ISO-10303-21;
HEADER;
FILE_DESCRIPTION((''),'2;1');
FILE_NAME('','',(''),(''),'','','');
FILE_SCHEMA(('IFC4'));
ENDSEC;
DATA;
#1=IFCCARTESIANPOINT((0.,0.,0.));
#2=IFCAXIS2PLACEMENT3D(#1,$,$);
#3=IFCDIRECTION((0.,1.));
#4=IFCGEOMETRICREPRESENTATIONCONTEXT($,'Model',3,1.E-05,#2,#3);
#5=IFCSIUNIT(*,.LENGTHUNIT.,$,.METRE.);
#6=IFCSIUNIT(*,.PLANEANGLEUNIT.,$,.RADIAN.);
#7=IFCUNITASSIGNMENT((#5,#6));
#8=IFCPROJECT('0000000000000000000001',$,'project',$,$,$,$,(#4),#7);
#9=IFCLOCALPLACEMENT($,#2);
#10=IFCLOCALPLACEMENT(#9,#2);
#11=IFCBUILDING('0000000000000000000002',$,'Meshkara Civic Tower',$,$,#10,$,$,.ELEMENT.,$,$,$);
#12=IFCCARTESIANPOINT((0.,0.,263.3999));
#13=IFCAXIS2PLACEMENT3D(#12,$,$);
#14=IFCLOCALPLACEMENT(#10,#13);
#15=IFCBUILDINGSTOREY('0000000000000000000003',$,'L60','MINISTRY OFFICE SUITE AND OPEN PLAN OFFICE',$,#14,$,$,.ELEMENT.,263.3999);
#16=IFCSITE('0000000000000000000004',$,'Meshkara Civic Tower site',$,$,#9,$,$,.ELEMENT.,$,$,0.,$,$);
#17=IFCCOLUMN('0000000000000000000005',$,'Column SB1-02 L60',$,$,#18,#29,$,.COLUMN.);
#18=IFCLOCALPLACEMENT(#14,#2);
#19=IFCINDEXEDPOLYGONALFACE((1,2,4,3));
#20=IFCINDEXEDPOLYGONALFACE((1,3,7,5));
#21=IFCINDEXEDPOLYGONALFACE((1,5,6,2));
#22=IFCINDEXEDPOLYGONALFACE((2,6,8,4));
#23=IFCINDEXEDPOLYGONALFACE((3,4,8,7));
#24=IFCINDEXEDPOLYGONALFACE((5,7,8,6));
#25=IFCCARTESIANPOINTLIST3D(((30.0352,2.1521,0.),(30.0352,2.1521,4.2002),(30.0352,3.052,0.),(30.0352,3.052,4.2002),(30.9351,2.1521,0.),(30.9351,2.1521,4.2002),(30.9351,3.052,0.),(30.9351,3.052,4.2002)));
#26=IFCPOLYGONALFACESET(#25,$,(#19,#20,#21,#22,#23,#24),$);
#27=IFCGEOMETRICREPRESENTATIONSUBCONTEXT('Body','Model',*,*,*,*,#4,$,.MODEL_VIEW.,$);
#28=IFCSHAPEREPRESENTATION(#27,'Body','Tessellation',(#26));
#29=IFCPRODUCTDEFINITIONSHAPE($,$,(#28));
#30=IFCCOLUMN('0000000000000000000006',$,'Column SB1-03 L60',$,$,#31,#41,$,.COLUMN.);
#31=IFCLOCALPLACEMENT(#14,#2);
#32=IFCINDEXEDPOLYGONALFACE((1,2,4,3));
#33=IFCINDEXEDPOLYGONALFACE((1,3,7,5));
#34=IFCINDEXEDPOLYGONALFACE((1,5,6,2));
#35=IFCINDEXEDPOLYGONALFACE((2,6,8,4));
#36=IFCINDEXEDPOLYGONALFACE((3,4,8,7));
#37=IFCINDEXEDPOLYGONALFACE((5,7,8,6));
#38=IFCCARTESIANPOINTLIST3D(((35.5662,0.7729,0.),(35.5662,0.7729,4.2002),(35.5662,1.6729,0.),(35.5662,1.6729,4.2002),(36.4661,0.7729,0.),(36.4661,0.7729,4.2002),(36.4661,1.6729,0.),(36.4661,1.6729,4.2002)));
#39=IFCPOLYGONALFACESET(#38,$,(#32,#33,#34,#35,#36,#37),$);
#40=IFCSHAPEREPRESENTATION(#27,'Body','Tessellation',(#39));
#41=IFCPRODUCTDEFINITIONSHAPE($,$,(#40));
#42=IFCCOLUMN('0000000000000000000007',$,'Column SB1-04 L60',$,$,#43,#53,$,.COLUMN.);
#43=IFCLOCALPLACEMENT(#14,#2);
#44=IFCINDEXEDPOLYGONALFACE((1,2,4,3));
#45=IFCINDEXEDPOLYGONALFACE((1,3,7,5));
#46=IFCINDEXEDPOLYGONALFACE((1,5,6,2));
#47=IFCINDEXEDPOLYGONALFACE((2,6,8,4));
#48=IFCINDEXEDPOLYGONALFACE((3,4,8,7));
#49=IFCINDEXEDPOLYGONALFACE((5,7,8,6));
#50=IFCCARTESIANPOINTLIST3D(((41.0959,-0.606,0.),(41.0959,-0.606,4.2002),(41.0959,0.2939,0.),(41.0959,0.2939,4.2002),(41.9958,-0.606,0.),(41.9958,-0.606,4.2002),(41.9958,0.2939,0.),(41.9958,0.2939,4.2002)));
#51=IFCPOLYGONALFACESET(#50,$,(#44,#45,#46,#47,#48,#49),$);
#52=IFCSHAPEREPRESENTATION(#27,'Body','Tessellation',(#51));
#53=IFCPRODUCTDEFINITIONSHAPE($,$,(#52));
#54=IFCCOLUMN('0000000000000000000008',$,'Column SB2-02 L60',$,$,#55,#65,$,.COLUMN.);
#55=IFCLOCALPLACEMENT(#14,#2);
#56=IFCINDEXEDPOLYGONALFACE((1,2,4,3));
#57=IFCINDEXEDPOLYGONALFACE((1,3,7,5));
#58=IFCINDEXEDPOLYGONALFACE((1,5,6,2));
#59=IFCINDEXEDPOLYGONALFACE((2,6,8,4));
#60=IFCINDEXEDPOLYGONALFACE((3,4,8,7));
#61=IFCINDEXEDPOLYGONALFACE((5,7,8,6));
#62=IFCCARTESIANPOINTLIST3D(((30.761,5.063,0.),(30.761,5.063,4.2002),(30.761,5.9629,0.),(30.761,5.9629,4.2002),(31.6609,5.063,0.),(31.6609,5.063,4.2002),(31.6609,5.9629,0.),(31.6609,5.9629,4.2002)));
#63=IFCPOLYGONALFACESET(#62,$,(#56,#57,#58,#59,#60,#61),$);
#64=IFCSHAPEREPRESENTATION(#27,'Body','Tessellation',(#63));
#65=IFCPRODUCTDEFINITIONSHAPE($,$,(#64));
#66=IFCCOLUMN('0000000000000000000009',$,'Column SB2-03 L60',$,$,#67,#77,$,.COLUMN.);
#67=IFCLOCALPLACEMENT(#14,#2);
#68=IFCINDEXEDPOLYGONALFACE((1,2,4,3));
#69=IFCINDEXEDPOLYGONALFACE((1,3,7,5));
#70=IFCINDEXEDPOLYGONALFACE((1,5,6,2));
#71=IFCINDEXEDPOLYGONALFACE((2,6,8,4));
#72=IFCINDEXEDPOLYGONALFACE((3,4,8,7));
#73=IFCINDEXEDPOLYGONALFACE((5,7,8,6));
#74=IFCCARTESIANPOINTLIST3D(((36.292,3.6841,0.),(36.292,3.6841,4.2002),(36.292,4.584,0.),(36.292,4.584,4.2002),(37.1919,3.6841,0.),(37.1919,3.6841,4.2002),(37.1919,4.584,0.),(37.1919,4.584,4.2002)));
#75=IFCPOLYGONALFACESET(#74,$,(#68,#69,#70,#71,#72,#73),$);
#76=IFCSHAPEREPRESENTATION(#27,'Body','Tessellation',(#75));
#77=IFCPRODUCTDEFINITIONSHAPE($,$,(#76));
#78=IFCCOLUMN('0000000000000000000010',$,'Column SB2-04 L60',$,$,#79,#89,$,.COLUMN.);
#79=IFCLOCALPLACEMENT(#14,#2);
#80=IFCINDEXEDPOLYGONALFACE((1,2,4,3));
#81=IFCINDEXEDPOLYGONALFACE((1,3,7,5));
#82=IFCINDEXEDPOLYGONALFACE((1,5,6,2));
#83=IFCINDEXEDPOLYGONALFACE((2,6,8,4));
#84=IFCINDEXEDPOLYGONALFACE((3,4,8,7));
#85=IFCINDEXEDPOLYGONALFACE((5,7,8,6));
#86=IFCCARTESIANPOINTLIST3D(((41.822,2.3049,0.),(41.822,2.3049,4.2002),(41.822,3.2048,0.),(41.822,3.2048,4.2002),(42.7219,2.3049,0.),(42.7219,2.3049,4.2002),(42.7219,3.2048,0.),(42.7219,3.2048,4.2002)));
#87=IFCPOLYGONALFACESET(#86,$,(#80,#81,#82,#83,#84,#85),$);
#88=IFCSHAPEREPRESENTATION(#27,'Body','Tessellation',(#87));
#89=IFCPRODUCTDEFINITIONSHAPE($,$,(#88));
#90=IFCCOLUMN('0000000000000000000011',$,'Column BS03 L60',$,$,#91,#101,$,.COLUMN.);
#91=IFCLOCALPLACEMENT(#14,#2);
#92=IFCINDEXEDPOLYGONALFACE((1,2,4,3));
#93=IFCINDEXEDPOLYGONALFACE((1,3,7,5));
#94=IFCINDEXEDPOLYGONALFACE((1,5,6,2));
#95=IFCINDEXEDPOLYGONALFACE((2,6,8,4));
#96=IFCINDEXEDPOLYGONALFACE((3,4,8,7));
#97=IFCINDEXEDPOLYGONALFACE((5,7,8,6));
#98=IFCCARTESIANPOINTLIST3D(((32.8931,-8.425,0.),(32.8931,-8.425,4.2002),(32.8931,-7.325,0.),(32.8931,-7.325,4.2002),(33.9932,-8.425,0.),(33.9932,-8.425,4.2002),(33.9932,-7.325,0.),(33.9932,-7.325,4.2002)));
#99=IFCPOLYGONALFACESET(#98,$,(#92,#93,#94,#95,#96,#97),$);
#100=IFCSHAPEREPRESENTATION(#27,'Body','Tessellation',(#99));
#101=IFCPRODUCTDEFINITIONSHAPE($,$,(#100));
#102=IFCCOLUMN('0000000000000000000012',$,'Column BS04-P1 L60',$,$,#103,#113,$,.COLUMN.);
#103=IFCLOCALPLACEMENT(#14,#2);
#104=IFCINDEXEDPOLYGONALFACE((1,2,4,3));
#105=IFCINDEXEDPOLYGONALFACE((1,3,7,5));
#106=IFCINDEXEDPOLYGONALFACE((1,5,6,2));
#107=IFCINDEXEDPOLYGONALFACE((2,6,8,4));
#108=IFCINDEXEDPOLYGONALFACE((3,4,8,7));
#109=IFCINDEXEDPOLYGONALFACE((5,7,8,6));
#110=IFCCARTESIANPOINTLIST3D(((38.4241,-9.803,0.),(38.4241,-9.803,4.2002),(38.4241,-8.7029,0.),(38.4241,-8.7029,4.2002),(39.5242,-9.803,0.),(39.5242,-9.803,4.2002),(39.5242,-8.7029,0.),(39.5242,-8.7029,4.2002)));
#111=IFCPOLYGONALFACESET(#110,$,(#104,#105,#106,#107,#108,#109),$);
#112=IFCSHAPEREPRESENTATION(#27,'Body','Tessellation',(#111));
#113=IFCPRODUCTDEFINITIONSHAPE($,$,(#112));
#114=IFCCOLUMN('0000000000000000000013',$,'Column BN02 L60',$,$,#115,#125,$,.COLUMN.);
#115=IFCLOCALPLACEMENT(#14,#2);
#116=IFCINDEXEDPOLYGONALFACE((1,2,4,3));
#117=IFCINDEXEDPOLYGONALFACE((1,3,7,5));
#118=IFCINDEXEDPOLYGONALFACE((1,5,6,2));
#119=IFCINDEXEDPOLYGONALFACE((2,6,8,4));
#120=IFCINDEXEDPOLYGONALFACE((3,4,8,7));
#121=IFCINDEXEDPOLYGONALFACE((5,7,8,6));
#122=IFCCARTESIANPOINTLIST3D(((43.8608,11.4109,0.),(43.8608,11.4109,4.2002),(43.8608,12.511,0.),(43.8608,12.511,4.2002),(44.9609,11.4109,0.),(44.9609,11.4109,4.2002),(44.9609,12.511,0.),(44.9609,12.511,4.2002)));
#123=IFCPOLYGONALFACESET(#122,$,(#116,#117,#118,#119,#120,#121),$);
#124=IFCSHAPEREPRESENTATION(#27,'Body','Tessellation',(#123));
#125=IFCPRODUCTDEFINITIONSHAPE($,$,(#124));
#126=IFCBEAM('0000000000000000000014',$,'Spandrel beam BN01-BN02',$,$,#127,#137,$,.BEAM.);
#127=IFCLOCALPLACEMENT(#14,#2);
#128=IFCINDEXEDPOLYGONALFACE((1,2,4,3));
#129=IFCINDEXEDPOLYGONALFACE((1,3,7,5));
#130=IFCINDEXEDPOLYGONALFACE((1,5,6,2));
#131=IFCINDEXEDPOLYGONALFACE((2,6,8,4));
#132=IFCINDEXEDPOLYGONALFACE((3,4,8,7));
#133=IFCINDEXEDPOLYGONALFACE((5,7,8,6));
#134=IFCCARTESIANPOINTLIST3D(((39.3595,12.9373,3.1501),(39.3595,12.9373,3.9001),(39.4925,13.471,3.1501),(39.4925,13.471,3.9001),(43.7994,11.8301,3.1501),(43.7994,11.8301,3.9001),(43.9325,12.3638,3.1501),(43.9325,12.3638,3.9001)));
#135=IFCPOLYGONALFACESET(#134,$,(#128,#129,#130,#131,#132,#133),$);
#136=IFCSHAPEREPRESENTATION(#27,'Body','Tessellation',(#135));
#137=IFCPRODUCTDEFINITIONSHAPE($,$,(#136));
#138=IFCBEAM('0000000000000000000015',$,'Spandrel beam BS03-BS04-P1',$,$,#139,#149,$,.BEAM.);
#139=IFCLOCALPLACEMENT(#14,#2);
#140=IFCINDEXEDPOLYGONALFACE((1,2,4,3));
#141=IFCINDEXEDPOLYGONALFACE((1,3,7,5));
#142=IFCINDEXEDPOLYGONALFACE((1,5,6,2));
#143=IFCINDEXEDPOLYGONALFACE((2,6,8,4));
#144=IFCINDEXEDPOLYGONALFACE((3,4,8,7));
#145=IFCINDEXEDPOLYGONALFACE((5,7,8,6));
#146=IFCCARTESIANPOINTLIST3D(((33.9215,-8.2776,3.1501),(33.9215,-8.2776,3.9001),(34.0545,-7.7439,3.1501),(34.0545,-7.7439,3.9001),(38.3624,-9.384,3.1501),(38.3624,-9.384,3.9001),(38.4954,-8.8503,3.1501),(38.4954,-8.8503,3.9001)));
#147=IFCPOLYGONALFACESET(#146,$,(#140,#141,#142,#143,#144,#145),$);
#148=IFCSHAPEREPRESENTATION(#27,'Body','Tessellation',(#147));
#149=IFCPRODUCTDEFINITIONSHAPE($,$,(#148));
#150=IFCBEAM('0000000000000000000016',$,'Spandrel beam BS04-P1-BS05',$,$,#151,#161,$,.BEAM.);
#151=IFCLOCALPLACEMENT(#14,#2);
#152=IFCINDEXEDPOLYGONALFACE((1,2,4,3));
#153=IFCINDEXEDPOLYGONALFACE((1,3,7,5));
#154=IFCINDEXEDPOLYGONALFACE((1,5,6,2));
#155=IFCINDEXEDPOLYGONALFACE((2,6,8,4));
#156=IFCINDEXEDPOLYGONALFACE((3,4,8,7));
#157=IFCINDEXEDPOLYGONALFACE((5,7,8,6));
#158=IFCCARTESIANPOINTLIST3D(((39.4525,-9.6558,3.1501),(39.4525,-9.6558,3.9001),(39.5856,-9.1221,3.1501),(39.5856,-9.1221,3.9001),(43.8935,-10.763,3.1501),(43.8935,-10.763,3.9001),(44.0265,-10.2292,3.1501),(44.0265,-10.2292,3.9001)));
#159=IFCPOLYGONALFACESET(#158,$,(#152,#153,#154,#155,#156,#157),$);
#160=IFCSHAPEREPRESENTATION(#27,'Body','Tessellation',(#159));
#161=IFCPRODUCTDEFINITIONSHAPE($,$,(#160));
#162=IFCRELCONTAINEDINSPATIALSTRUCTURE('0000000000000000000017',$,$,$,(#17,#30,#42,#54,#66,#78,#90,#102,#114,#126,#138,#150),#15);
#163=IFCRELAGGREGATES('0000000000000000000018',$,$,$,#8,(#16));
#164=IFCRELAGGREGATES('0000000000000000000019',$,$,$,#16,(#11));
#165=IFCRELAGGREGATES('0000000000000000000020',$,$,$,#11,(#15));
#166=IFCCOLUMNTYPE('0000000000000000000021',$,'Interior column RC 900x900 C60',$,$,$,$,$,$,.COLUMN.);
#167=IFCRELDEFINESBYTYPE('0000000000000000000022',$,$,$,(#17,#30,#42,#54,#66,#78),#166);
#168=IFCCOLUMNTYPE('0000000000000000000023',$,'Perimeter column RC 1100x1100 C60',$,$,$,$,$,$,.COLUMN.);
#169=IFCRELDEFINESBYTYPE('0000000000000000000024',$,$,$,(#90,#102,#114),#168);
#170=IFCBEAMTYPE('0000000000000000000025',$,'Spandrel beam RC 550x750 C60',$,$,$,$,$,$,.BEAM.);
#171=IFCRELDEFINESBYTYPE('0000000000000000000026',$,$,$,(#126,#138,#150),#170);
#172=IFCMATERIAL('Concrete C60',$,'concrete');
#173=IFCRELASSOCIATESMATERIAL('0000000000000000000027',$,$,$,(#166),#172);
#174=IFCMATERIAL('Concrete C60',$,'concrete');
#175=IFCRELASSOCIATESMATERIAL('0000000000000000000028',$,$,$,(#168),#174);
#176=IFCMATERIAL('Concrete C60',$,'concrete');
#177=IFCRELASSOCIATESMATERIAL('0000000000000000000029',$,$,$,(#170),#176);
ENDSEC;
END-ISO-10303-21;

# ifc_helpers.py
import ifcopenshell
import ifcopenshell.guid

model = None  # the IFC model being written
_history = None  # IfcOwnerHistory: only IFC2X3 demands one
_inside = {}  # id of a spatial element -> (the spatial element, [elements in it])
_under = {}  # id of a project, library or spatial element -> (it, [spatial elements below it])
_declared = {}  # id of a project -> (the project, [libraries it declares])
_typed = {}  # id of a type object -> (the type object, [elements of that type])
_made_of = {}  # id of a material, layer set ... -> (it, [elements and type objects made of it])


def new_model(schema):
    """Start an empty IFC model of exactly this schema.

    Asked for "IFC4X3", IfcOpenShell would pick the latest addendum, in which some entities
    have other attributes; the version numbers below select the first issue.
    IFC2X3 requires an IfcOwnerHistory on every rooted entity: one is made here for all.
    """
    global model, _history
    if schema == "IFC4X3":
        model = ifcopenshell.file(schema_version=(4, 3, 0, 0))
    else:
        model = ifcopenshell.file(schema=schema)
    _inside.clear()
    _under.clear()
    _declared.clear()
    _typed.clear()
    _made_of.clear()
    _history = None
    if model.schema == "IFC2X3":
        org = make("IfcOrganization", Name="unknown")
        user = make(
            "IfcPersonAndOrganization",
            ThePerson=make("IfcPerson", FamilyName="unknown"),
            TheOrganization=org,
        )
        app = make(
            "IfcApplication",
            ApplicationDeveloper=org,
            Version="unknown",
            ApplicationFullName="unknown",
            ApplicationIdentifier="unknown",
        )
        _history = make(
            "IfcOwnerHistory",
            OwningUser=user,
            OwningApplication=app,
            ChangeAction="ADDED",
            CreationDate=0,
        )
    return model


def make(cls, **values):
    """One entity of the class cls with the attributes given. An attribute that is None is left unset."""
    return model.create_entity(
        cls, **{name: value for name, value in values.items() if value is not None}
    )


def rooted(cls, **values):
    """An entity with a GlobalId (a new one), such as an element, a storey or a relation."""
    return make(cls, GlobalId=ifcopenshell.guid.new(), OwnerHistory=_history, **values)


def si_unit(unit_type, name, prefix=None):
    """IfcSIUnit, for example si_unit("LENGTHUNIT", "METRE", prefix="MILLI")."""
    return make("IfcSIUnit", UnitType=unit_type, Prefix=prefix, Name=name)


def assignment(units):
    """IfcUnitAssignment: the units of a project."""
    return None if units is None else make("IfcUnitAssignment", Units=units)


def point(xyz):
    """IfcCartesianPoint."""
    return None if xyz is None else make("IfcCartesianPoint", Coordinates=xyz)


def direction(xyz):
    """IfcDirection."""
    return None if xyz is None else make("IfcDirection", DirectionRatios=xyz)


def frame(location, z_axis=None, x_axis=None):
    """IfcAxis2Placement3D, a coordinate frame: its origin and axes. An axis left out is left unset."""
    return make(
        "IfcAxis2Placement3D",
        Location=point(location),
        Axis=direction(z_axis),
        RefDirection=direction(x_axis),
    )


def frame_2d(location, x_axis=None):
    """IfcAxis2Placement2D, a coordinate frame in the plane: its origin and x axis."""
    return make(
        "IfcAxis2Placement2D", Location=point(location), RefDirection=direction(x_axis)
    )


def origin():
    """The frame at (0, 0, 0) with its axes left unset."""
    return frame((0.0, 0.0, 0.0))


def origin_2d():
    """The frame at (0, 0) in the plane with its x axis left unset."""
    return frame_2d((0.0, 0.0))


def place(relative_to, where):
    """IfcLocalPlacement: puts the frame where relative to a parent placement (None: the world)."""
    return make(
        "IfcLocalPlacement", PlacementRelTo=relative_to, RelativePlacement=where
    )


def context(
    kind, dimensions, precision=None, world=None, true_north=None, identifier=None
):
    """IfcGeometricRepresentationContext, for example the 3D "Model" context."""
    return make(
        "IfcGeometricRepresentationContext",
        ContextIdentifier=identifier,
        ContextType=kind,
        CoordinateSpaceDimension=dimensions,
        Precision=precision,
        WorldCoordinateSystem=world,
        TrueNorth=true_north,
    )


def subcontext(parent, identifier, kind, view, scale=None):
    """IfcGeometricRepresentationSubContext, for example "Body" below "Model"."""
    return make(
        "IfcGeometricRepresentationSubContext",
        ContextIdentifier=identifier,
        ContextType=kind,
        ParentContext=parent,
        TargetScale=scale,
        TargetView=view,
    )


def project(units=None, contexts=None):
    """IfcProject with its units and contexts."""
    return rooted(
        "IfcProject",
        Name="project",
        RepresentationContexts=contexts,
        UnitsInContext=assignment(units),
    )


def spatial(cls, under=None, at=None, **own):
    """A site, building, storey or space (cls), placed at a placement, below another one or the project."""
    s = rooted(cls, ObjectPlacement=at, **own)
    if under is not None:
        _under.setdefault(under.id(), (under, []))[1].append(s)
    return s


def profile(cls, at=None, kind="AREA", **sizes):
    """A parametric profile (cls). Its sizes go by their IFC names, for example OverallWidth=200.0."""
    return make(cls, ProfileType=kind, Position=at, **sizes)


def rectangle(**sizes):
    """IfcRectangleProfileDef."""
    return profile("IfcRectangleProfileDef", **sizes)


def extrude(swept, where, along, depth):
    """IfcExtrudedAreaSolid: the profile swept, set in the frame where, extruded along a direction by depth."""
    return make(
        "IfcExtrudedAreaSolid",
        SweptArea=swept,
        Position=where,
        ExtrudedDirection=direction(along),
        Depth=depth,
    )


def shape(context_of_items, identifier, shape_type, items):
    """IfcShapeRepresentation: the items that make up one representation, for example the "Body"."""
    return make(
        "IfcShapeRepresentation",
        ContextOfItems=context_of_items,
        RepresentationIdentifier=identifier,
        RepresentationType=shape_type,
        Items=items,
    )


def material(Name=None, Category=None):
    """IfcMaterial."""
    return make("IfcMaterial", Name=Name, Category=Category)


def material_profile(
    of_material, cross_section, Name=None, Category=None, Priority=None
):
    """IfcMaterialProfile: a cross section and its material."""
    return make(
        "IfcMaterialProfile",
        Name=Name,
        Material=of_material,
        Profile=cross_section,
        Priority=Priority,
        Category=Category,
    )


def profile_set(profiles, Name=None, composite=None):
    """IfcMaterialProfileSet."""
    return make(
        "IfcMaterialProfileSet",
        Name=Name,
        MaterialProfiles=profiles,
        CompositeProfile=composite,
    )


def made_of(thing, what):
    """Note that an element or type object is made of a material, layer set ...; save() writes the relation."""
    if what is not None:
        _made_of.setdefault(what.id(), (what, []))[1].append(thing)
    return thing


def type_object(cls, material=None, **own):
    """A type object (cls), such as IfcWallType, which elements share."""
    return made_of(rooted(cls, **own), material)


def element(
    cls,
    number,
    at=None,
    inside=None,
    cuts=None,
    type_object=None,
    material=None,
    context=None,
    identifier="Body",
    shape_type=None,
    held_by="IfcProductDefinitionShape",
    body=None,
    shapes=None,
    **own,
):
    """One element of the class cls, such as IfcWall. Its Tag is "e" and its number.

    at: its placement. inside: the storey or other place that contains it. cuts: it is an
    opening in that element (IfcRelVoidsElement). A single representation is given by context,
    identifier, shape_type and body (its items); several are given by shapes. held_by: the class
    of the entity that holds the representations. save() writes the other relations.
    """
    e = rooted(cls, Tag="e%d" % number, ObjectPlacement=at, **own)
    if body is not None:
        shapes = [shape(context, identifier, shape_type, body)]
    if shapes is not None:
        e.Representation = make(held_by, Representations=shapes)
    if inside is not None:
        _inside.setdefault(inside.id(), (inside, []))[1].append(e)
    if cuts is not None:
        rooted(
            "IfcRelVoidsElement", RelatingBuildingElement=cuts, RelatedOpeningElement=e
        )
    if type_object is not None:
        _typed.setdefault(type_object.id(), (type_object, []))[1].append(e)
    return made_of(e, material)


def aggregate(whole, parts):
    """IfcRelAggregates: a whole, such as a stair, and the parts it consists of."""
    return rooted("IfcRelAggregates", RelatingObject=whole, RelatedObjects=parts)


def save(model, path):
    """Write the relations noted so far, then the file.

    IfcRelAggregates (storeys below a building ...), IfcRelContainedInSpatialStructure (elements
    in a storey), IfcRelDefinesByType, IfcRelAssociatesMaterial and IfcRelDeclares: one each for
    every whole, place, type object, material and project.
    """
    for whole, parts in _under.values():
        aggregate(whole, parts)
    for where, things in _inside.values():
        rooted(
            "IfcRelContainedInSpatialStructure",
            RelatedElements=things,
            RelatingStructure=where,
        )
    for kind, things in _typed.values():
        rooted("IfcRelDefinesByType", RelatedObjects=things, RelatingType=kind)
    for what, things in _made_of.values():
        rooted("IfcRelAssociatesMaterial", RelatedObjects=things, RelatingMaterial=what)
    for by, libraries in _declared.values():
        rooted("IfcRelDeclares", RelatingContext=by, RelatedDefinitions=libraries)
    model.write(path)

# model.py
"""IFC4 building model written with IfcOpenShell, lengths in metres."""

from ifc_helpers import new_model, si_unit, direction, frame, origin, origin_2d, place, context, subcontext, project, spatial, rectangle, extrude, material, material_profile, profile_set, type_object, element, save


model = new_model("IFC4")

# Units and contexts
model_context = context("Model", 3, precision=1e-05, world=origin(), true_north=direction((0.0, 1.0)))
body_context = subcontext(model_context, "Body", "Model", "MODEL_VIEW")
ifc_project = project(units=[si_unit("LENGTHUNIT", "METRE"), si_unit("PLANEANGLEUNIT", "RADIAN")], contexts=[model_context])

# Site, building, storey
site_placement = place(None, origin())
site = spatial("IfcSite", under=ifc_project, at=site_placement, Name="Meshkara Civic Tower site", CompositionType="ELEMENT", RefElevation=0.0)
building_placement = place(site_placement, origin())
building = spatial("IfcBuilding", under=site, at=building_placement, Name="Meshkara Civic Tower", CompositionType="ELEMENT")
storey_placement = place(building_placement, frame((0.0, 0.0, 263.3999)))
storey = spatial("IfcBuildingStorey", under=building, at=storey_placement, Name="L60", Description="MINISTRY OFFICE SUITE AND OPEN PLAN OFFICE", CompositionType="ELEMENT", Elevation=263.3999)

# Columns
ifc_material_1 = material(Name="Concrete C60", Category="concrete")
ifc_material_profile_1 = material_profile(ifc_material_1, rectangle(XDim=0.8999, YDim=0.8999, at=origin_2d()))
ifc_profile_set_1 = profile_set([ifc_material_profile_1], Name="Concrete C60")
column_type_1 = type_object("IfcColumnType", Name="Interior column RC 900x900 C60", PredefinedType="COLUMN", material=ifc_profile_set_1)
for number, where, z_axis, x_axis, name in (
    (1, (30.4851, 2.6021, 0.0), (0.0, 0.0, 1.0), (1.0, 0.0, 0.0), "Column SB1-02 L60"),
    (2, (36.0161, 1.2229, 0.0), (0.0, 0.0, 1.0), (1.0, 0.0, 0.0), "Column SB1-03 L60"),
    (3, (41.5459, -0.156, 0.0), (0.0, 0.0, 1.0), (1.0, 0.0, 0.0), "Column SB1-04 L60"),
    (4, (31.2109, 5.5129, 0.0), (0.0, 0.0, 1.0), (1.0, 0.0, 0.0), "Column SB2-02 L60"),
    (5, (36.7419, 4.134, 0.0), (0.0, 0.0, 1.0), (1.0, 0.0, 0.0), "Column SB2-03 L60"),
    (6, (42.272, 2.7549, 0.0), (0.0, 0.0, 1.0), (1.0, 0.0, 0.0), "Column SB2-04 L60"),
):
    element("IfcColumn", number, at=place(storey_placement, frame(where, z_axis=z_axis, x_axis=x_axis)), inside=storey, type_object=column_type_1, Name=name, PredefinedType="COLUMN", context=body_context, shape_type="SweptSolid", body=[
        extrude(rectangle(XDim=0.8999, YDim=0.8999, at=origin_2d()), origin(), (0.0, 0.0, 1.0), 4.2002),
    ])
ifc_material_2 = material(Name="Concrete C60", Category="concrete")
ifc_material_profile_2 = material_profile(ifc_material_2, rectangle(XDim=1.1001, YDim=1.1001, at=origin_2d()))
ifc_profile_set_2 = profile_set([ifc_material_profile_2], Name="Concrete C60")
column_type_2 = type_object("IfcColumnType", Name="Perimeter column RC 1100x1100 C60", PredefinedType="COLUMN", material=ifc_profile_set_2)
for number, where, z_axis, x_axis, name in (
    (7, (33.4431, -7.875, 0.0), (0.0, 0.0, 1.0), (1.0, 0.0, 0.0), "Column BS03 L60"),
    (8, (38.9741, -9.2529, 0.0), (0.0, 0.0, 1.0), (1.0, 0.0, 0.0), "Column BS04-P1 L60"),
    (9, (44.4109, 11.9609, 0.0), (0.0, 0.0, 1.0), (1.0, 0.0, 0.0), "Column BN02 L60"),
):
    element("IfcColumn", number, at=place(storey_placement, frame(where, z_axis=z_axis, x_axis=x_axis)), inside=storey, type_object=column_type_2, Name=name, PredefinedType="COLUMN", context=body_context, shape_type="SweptSolid", body=[
        extrude(rectangle(XDim=1.1001, YDim=1.1001, at=origin_2d()), origin(), (0.0, 0.0, 1.0), 4.2002),
    ])

# Beams
ifc_material_3 = material(Name="Concrete C60", Category="concrete")
ifc_material_profile_3 = material_profile(ifc_material_3, rectangle(XDim=0.55, YDim=0.75, at=origin_2d()))
ifc_profile_set_3 = profile_set([ifc_material_profile_3], Name="Concrete C60")
beam_type = type_object("IfcBeamType", Name="Spandrel beam RC 550x750 C60", PredefinedType="BEAM", material=ifc_profile_set_3)
beam_1_placement = place(storey_placement, frame((43.866, 12.0969, 3.5251), z_axis=(-0.970287, 0.241958, 0.0), x_axis=(-0.241958, -0.970287, 0.0)))
element("IfcBeam", 10, at=beam_1_placement, inside=storey, type_object=beam_type, Name="Spandrel beam BN01-BN02", PredefinedType="BEAM", context=body_context, shape_type="SweptSolid", body=[
    extrude(rectangle(XDim=0.55, YDim=0.75, at=origin_2d()), origin(), (0.0, 0.0, 1.0), 4.5759),
])
beam_2_placement = place(storey_placement, frame((33.988, -8.0107, 3.5251), z_axis=(0.970337, -0.241757, 0.0), x_axis=(0.241757, 0.970337, 0.0)))
element("IfcBeam", 11, at=beam_2_placement, inside=storey, type_object=beam_type, Name="Spandrel beam BS03-BS04-P1", PredefinedType="BEAM", context=body_context, shape_type="SweptSolid", body=[
    extrude(rectangle(XDim=0.55, YDim=0.75, at=origin_2d()), origin(), (0.0, 0.0, 1.0), 4.5767),
])
beam_3_placement = place(storey_placement, frame((39.519, -9.3889, 3.5251), z_axis=(0.970299, -0.241908, 0.0), x_axis=(0.241908, 0.970299, 0.0)))
element("IfcBeam", 12, at=beam_3_placement, inside=storey, type_object=beam_type, Name="Spandrel beam BS04-P1-BS05", PredefinedType="BEAM", context=body_context, shape_type="SweptSolid", body=[
    extrude(rectangle(XDim=0.55, YDim=0.75, at=origin_2d()), origin(), (0.0, 0.0, 1.0), 4.5769),
])

save(model, "model.ifc")
